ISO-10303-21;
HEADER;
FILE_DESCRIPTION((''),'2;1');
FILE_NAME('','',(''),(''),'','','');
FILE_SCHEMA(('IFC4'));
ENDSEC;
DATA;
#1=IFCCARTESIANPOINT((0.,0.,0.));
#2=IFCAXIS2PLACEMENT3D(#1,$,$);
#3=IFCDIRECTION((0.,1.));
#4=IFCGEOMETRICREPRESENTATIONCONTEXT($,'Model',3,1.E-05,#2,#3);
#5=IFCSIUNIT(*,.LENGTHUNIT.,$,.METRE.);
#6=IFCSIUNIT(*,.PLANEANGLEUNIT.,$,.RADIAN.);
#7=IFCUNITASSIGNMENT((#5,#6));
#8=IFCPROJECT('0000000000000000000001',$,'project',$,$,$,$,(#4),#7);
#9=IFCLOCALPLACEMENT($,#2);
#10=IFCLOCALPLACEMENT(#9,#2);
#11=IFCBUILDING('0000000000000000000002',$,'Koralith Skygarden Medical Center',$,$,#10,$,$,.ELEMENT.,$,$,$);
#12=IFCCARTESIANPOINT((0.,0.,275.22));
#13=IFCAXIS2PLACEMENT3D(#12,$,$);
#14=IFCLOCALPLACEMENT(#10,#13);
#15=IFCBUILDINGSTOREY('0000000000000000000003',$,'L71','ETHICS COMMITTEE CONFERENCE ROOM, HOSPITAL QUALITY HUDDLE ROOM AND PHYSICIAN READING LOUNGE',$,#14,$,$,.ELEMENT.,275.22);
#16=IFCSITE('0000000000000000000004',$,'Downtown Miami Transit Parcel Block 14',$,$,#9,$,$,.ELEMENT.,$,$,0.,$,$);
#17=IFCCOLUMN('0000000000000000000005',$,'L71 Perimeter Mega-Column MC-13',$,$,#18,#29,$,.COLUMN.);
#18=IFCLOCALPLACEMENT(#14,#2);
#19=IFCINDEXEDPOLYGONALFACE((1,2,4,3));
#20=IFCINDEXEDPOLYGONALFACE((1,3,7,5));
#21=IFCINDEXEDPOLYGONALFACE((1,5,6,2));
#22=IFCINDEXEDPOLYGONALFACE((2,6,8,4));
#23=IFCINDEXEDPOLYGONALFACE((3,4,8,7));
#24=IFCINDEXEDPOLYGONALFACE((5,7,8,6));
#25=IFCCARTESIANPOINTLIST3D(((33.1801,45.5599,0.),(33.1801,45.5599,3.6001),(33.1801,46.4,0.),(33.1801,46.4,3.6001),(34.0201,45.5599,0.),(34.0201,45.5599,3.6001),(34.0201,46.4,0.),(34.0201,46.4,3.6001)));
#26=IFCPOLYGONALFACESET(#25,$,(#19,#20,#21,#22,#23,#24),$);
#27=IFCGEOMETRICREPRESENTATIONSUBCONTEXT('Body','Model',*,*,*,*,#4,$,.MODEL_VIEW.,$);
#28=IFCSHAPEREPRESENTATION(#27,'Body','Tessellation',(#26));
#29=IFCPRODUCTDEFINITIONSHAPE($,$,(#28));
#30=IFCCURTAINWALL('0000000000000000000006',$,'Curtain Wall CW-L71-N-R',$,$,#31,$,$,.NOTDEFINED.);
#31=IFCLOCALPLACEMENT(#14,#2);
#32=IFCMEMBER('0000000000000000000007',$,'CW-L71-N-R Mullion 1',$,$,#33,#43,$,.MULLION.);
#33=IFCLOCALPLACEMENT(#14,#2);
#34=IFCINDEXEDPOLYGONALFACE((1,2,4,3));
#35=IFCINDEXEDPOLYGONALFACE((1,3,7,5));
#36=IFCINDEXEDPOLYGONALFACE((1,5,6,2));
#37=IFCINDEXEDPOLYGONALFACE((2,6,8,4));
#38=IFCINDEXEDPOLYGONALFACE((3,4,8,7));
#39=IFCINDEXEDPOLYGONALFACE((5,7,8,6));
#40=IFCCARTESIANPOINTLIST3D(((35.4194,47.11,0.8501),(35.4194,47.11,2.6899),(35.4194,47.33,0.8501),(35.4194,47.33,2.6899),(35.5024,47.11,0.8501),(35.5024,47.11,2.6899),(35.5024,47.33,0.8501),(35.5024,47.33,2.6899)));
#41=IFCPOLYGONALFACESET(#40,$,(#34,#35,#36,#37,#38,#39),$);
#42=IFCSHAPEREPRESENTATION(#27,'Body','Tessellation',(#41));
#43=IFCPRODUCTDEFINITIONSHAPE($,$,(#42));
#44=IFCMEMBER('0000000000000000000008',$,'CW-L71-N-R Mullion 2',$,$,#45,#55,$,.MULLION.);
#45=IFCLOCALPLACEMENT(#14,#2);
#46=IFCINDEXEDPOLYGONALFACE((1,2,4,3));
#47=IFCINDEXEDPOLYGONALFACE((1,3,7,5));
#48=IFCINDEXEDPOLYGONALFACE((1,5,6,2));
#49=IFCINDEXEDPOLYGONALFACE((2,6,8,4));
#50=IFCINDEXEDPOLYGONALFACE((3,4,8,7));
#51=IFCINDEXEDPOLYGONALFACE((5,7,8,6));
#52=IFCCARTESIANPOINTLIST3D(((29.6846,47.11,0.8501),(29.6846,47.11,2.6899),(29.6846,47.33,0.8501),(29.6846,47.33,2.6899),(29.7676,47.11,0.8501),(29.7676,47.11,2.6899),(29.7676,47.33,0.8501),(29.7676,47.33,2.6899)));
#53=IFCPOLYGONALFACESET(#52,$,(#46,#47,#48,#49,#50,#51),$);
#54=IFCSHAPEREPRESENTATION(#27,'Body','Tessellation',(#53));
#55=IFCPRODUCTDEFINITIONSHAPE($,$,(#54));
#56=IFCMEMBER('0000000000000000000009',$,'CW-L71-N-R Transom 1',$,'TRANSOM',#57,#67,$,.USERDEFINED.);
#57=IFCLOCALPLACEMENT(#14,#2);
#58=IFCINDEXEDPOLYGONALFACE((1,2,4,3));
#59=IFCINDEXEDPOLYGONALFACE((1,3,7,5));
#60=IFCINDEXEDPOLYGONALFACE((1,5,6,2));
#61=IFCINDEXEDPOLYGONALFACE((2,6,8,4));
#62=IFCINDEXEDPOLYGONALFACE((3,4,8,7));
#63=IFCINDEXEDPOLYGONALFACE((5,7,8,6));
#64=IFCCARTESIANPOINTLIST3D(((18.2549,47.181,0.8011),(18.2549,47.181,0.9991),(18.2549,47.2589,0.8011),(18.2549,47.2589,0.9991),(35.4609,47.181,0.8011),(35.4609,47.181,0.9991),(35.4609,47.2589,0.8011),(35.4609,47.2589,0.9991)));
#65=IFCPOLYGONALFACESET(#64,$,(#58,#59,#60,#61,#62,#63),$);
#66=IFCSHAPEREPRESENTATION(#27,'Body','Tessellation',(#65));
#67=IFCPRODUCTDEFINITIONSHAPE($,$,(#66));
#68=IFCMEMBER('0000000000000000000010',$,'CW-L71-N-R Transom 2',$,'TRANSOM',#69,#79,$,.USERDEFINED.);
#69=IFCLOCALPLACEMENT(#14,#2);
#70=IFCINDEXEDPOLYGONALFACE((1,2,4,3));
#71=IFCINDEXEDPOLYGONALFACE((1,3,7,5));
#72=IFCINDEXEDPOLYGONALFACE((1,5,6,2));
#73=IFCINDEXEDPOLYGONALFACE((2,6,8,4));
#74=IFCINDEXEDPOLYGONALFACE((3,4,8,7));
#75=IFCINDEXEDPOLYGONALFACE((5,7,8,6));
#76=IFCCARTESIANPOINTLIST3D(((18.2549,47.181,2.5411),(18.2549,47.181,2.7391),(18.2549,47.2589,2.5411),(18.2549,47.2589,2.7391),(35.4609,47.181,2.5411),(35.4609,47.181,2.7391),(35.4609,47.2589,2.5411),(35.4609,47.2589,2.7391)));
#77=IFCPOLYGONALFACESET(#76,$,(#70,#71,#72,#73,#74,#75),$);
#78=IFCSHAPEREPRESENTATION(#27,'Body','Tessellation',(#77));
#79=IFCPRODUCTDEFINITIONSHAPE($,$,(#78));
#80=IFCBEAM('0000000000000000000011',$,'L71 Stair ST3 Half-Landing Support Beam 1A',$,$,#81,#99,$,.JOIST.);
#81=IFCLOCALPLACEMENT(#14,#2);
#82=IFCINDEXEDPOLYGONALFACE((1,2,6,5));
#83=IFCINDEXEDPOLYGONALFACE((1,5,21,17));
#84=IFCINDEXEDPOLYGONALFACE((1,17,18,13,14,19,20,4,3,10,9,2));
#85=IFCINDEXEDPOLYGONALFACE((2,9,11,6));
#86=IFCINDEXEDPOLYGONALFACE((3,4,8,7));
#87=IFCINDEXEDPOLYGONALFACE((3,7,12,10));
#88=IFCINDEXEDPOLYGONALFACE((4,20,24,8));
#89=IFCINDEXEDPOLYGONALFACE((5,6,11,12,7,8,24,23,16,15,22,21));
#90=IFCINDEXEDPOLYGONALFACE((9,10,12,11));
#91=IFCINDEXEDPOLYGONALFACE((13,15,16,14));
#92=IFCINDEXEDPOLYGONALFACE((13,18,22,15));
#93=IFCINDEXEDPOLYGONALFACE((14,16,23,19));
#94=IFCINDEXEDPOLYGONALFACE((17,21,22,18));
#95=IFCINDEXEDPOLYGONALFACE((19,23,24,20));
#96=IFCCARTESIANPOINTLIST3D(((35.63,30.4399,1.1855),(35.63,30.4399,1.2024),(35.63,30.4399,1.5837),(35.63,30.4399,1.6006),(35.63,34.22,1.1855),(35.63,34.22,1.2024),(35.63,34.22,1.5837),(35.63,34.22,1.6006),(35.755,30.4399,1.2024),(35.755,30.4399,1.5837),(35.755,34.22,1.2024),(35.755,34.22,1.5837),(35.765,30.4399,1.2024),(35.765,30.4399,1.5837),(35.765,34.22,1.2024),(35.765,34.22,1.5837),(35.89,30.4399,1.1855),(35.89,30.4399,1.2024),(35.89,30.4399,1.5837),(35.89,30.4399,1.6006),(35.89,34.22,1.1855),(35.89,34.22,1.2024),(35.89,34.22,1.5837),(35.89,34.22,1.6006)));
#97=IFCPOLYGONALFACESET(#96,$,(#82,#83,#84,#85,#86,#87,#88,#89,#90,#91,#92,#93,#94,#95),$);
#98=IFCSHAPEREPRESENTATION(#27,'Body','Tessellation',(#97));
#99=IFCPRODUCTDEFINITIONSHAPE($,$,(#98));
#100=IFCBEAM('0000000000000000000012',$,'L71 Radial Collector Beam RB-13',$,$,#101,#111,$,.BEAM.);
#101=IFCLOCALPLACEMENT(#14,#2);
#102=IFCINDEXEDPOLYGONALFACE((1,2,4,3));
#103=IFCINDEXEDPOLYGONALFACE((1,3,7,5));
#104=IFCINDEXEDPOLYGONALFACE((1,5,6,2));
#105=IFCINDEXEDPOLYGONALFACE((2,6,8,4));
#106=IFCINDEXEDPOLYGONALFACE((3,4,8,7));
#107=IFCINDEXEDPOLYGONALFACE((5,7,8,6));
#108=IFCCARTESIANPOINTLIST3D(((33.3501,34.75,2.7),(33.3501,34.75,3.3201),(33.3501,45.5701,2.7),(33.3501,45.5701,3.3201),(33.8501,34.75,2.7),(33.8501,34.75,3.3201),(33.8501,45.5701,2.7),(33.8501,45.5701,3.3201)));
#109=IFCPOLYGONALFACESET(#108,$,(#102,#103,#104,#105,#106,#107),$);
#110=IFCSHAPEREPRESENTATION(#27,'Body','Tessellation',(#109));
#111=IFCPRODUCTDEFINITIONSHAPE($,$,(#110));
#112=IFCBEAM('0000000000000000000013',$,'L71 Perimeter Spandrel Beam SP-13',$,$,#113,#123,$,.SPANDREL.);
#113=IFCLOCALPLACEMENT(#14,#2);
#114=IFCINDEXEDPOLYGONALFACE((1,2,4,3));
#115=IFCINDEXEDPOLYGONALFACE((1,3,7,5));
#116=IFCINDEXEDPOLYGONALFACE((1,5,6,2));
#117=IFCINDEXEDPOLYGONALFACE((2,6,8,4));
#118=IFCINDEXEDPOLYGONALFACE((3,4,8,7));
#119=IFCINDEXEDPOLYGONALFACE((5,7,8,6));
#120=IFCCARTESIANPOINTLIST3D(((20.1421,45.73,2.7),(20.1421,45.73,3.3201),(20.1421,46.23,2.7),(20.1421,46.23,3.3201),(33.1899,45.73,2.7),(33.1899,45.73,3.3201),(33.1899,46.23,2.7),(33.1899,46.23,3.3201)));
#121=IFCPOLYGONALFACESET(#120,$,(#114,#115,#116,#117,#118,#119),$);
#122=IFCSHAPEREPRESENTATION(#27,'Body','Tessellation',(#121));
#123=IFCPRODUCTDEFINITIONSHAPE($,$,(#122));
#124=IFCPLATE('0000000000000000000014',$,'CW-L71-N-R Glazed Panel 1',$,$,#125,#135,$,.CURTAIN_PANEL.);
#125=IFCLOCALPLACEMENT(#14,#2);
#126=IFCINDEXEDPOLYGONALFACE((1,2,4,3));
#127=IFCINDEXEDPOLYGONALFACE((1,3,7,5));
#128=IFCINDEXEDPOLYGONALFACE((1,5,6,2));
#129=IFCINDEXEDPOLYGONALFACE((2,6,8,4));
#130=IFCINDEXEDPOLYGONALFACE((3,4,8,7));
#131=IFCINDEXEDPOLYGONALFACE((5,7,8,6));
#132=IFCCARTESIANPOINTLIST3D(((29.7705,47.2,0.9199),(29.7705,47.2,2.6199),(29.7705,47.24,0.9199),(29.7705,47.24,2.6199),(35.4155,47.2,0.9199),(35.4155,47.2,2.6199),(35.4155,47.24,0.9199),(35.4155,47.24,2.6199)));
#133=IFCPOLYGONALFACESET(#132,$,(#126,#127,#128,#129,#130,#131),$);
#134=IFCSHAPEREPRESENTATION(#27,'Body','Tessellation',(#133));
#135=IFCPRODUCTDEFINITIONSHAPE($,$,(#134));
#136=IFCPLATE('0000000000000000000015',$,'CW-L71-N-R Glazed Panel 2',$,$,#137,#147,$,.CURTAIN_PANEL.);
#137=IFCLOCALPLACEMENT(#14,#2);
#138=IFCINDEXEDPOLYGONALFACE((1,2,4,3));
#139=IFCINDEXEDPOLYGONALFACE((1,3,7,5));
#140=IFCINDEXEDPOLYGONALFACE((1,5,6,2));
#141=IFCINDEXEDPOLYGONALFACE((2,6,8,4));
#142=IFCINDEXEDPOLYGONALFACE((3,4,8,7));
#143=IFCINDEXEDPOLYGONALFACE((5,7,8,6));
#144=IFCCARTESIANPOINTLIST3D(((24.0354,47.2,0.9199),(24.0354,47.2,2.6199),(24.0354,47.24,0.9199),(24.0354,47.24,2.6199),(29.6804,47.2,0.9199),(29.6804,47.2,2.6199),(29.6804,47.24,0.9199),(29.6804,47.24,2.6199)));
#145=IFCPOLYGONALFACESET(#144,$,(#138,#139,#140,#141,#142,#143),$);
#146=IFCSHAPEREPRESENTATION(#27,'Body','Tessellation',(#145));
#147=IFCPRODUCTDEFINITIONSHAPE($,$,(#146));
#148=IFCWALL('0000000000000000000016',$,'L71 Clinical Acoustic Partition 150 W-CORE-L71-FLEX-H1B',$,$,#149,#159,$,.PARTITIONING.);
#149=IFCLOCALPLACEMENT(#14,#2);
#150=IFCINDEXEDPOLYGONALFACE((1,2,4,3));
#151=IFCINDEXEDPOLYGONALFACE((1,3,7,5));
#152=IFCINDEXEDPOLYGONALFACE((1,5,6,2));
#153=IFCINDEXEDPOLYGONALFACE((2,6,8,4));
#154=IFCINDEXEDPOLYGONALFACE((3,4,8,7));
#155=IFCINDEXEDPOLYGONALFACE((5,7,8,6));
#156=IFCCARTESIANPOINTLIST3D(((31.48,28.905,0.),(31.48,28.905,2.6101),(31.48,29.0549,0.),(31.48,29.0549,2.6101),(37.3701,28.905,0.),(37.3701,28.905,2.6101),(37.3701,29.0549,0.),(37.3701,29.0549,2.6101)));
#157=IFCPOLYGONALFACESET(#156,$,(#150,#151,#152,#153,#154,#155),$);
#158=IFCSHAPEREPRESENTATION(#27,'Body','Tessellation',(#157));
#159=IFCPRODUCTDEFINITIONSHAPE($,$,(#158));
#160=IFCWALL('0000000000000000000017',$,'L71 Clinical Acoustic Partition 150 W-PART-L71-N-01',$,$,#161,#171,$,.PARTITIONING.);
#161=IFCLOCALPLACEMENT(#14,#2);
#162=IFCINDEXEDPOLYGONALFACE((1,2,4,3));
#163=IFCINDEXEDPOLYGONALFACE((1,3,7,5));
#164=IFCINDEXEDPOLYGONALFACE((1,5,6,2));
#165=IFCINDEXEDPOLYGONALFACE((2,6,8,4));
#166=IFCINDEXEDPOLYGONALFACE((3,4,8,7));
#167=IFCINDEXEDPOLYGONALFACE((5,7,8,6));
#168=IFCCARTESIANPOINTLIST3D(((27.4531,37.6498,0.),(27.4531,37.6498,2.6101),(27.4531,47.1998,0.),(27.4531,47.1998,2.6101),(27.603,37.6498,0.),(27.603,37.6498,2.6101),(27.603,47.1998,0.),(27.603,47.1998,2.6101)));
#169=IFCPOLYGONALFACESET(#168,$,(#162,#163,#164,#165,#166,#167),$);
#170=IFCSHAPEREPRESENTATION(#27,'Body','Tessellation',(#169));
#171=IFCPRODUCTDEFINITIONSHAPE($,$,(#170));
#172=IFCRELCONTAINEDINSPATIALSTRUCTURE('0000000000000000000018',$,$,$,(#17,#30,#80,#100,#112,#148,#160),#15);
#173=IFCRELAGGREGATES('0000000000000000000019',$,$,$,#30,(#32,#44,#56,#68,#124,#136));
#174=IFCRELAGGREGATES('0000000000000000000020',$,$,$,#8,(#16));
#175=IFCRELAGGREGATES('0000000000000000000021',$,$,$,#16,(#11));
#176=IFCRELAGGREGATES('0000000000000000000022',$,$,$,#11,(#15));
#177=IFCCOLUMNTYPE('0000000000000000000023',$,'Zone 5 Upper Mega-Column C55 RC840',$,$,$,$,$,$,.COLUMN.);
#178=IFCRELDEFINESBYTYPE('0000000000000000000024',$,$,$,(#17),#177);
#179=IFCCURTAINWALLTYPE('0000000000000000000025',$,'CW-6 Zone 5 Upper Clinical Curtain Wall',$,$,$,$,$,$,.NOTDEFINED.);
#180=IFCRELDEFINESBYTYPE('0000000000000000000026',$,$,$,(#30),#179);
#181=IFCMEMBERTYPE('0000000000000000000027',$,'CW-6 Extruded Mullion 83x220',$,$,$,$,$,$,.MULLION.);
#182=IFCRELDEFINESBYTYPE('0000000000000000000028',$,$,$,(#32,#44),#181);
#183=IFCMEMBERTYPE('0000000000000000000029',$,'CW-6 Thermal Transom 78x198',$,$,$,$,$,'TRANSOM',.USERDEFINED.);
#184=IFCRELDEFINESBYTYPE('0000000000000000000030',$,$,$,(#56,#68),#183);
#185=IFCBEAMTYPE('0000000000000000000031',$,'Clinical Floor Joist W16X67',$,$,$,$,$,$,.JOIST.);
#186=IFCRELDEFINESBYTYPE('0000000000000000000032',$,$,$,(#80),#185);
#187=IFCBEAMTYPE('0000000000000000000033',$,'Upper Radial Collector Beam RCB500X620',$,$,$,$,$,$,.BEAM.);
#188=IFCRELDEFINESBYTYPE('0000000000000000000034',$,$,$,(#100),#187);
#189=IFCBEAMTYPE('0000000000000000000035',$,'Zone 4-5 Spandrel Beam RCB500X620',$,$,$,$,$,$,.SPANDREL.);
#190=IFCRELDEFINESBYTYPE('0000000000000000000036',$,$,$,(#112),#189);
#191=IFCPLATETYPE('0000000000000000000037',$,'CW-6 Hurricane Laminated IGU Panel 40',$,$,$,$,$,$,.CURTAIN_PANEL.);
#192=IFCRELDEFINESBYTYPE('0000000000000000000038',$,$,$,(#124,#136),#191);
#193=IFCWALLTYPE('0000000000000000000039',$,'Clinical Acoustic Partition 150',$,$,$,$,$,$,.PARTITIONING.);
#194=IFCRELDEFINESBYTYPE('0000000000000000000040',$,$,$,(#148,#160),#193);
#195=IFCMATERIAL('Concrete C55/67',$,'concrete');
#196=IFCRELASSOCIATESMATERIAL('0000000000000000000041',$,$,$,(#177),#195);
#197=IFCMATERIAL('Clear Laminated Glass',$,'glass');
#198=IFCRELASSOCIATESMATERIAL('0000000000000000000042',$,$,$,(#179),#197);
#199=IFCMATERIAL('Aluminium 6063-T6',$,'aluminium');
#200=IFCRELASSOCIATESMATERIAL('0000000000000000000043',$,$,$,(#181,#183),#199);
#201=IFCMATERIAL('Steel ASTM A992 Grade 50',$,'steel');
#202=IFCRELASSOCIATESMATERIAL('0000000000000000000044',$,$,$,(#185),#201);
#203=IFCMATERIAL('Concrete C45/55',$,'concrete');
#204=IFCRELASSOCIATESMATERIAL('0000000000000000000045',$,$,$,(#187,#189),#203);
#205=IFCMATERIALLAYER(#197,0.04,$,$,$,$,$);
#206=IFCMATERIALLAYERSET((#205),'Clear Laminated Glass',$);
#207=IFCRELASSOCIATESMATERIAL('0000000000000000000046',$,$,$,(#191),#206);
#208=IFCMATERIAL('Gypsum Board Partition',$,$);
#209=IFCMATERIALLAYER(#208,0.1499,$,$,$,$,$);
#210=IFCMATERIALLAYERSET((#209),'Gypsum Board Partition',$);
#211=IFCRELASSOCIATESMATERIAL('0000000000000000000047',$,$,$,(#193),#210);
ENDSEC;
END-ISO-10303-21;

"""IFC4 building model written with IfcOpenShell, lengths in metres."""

from ifc_helpers import new_model, si_unit, direction, frame, frame_2d, origin, origin_2d, place, context, subcontext, project, spatial, rectangle, i_section, extrude, material, layer, layer_set, material_profile, profile_set, type_object, element, aggregate, save


model = new_model("IFC4")

# Units and contexts
model_context = context("Model", 3, precision=1e-05, world=origin(), true_north=direction((0.0, 1.0)))
body_context = subcontext(model_context, "Body", "Model", "MODEL_VIEW")
ifc_project = project(units=[si_unit("LENGTHUNIT", "METRE"), si_unit("PLANEANGLEUNIT", "RADIAN")], contexts=[model_context])

# Site, building, storey
site_placement = place(None, origin())
site = spatial("IfcSite", under=ifc_project, at=site_placement, Name="Downtown Miami Transit Parcel Block 14", CompositionType="ELEMENT", RefElevation=0.0)
building_placement = place(site_placement, origin())
building = spatial("IfcBuilding", under=site, at=building_placement, Name="Koralith Skygarden Medical Center", CompositionType="ELEMENT")
storey_placement = place(building_placement, frame((0.0, 0.0, 275.22)))
storey = spatial("IfcBuildingStorey", under=building, at=storey_placement, Name="L71", Description="ETHICS COMMITTEE CONFERENCE ROOM, HOSPITAL QUALITY HUDDLE ROOM AND PHYSICIAN READING LOUNGE", CompositionType="ELEMENT", Elevation=275.22)

# Column
ifc_material_1 = material(Name="Concrete C55/67", Category="concrete")
ifc_material_profile_1 = material_profile(ifc_material_1, rectangle(XDim=0.8401, YDim=0.8401, at=origin_2d()), Name="RC840X840")
ifc_profile_set_1 = profile_set([ifc_material_profile_1], Name="Concrete C55/67")
column_type = type_object("IfcColumnType", Name="Zone 5 Upper Mega-Column C55 RC840", PredefinedType="COLUMN", material=ifc_profile_set_1)
column_placement = place(storey_placement, frame((33.6001, 45.98, 0.0), z_axis=(0.0, 0.0, 1.0), x_axis=(1.0, 0.0, 0.0)))
element("IfcColumn", 1, at=column_placement, inside=storey, type_object=column_type, Name="L71 Perimeter Mega-Column MC-13", PredefinedType="COLUMN", context=body_context, shape_type="SweptSolid", body=[
    extrude(rectangle(XDim=0.8401, YDim=0.8401, at=origin_2d()), origin(), (0.0, 0.0, 1.0), 3.6001),
])

# Curtain wall, members
ifc_material_2 = material(Name="Clear Laminated Glass", Category="glass")
curtain_wall_type = type_object("IfcCurtainWallType", Name="CW-6 Zone 5 Upper Clinical Curtain Wall", PredefinedType="NOTDEFINED", material=ifc_material_2)
curtain_wall_placement = place(storey_placement, origin())
curtain_wall = element("IfcCurtainWall", 2, at=curtain_wall_placement, inside=storey, type_object=curtain_wall_type, Name="Curtain Wall CW-L71-N-R", PredefinedType="NOTDEFINED")
ifc_material_3 = material(Name="Aluminium 6063-T6", Category="aluminium")
ifc_material_profile_2 = material_profile(ifc_material_3, rectangle(XDim=0.083, YDim=0.22, at=origin_2d()), Name="MUL83X220")
ifc_profile_set_2 = profile_set([ifc_material_profile_2], Name="Aluminium 6063-T6")
member_type_1 = type_object("IfcMemberType", Name="CW-6 Extruded Mullion 83x220", PredefinedType="MULLION", material=ifc_profile_set_2)
member_1_placement = place(storey_placement, frame((35.4609, 47.22, 0.8501), z_axis=(0.0, 0.0, 1.0), x_axis=(1.0, 0.0, 0.0)))
member_1 = element("IfcMember", 3, at=member_1_placement, type_object=member_type_1, Name="CW-L71-N-R Mullion 1", PredefinedType="MULLION", context=body_context, shape_type="SweptSolid", body=[
    extrude(rectangle(XDim=0.083, YDim=0.22, at=origin_2d()), origin(), (0.0, 0.0, 1.0), 1.8398),
])
member_2_placement = place(storey_placement, frame((29.7261, 47.22, 0.8501), z_axis=(0.0, 0.0, 1.0), x_axis=(1.0, 0.0, 0.0)))
member_2 = element("IfcMember", 4, at=member_2_placement, type_object=member_type_1, Name="CW-L71-N-R Mullion 2", PredefinedType="MULLION", context=body_context, shape_type="SweptSolid", body=[
    extrude(rectangle(XDim=0.083, YDim=0.22, at=origin_2d()), origin(), (0.0, 0.0, 1.0), 1.8398),
])
ifc_material_profile_3 = material_profile(ifc_material_3, rectangle(XDim=0.0779, YDim=0.198, at=origin_2d()), Name="TRN78X198")
ifc_profile_set_3 = profile_set([ifc_material_profile_3], Name="Aluminium 6063-T6")
member_type_2 = type_object("IfcMemberType", Name="CW-6 Thermal Transom 78x198", ElementType="TRANSOM", PredefinedType="USERDEFINED", material=ifc_profile_set_3)
member_3_placement = place(storey_placement, frame((35.4609, 47.22, 0.9001), z_axis=(-1.0, 0.0, 0.0), x_axis=(0.0, -1.0, 0.0)))
member_3 = element("IfcMember", 5, at=member_3_placement, type_object=member_type_2, Name="CW-L71-N-R Transom 1", ObjectType="TRANSOM", PredefinedType="USERDEFINED", context=body_context, shape_type="SweptSolid", body=[
    extrude(rectangle(XDim=0.0779, YDim=0.198, at=origin_2d()), origin(), (0.0, 0.0, 1.0), 17.2061),
])
member_4_placement = place(storey_placement, frame((35.4609, 47.22, 2.6401), z_axis=(-1.0, 0.0, 0.0), x_axis=(0.0, -1.0, 0.0)))
member_4 = element("IfcMember", 6, at=member_4_placement, type_object=member_type_2, Name="CW-L71-N-R Transom 2", ObjectType="TRANSOM", PredefinedType="USERDEFINED", context=body_context, shape_type="SweptSolid", body=[
    extrude(rectangle(XDim=0.0779, YDim=0.198, at=origin_2d()), origin(), (0.0, 0.0, 1.0), 17.2061),
])

# Beams
ifc_material_4 = material(Name="Steel ASTM A992 Grade 50", Category="steel")
ifc_material_profile_4 = material_profile(ifc_material_4, i_section(OverallWidth=0.26, OverallDepth=0.415, WebThickness=0.01, FlangeThickness=0.0168, at=origin_2d()), Name="W16X67")
ifc_profile_set_4 = profile_set([ifc_material_profile_4], Name="Steel ASTM A992 Grade 50")
beam_type_1 = type_object("IfcBeamType", Name="Clinical Floor Joist W16X67", PredefinedType="JOIST", material=ifc_profile_set_4)
beam_1_placement = place(storey_placement, frame((35.76, 30.4399, 1.3931), z_axis=(0.0, 1.0, 0.0), x_axis=(-1.0, 0.0, 0.0)))
element("IfcBeam", 7, at=beam_1_placement, inside=storey, type_object=beam_type_1, Name="L71 Stair ST3 Half-Landing Support Beam 1A", PredefinedType="JOIST", context=body_context, shape_type="SweptSolid", body=[
    extrude(i_section(OverallWidth=0.26, OverallDepth=0.415, WebThickness=0.01, FlangeThickness=0.0168, at=origin_2d()), origin(), (0.0, 0.0, 1.0), 3.78),
])
ifc_material_5 = material(Name="Concrete C45/55", Category="concrete")
ifc_material_profile_5 = material_profile(ifc_material_5, rectangle(XDim=0.5, YDim=0.6201, at=origin_2d()), Name="RCB500X620")
ifc_profile_set_5 = profile_set([ifc_material_profile_5], Name="Concrete C45/55")
beam_type_2 = type_object("IfcBeamType", Name="Upper Radial Collector Beam RCB500X620", PredefinedType="BEAM", material=ifc_profile_set_5)
beam_2_placement = place(storey_placement, frame((33.6001, 34.75, 3.01), z_axis=(0.0, 1.0, 0.0), x_axis=(-1.0, 0.0, 0.0)))
element("IfcBeam", 8, at=beam_2_placement, inside=storey, type_object=beam_type_2, Name="L71 Radial Collector Beam RB-13", PredefinedType="BEAM", context=body_context, shape_type="SweptSolid", body=[
    extrude(rectangle(XDim=0.5, YDim=0.6201, at=origin_2d()), origin(), (0.0, 0.0, 1.0), 10.8201),
])
ifc_material_profile_6 = material_profile(ifc_material_5, rectangle(XDim=0.5, YDim=0.6201, at=origin_2d()), Name="RCB500X620")
ifc_profile_set_6 = profile_set([ifc_material_profile_6], Name="Concrete C45/55")
beam_type_3 = type_object("IfcBeamType", Name="Zone 4-5 Spandrel Beam RCB500X620", PredefinedType="SPANDREL", material=ifc_profile_set_6)
beam_3_placement = place(storey_placement, frame((33.1899, 45.98, 3.01), z_axis=(-1.0, 0.0, 0.0), x_axis=(0.0, -1.0, 0.0)))
element("IfcBeam", 9, at=beam_3_placement, inside=storey, type_object=beam_type_3, Name="L71 Perimeter Spandrel Beam SP-13", PredefinedType="SPANDREL", context=body_context, shape_type="SweptSolid", body=[
    extrude(rectangle(XDim=0.5, YDim=0.6201, at=origin_2d()), origin(), (0.0, 0.0, 1.0), 13.0479),
])

# Plates
ifc_layer_1 = layer(ifc_material_2, 0.04)
ifc_layer_set_1 = layer_set([ifc_layer_1], Name="Clear Laminated Glass")
plate_type = type_object("IfcPlateType", Name="CW-6 Hurricane Laminated IGU Panel 40", PredefinedType="CURTAIN_PANEL", material=ifc_layer_set_1)
plate_1_placement = place(storey_placement, frame((32.593, 47.22, 0.9199), z_axis=(0.0, 0.0, 1.0), x_axis=(-1.0, 0.0, 0.0)))
plate_1 = element("IfcPlate", 10, at=plate_1_placement, type_object=plate_type, Name="CW-L71-N-R Glazed Panel 1", PredefinedType="CURTAIN_PANEL", context=body_context, shape_type="SweptSolid", body=[
    extrude(rectangle(XDim=5.645, YDim=0.04, at=origin_2d()), origin(), (0.0, 0.0, 1.0), 1.7),
])
plate_2_placement = place(storey_placement, frame((26.8579, 47.22, 0.9199), z_axis=(0.0, 0.0, 1.0), x_axis=(-1.0, 0.0, 0.0)))
plate_2 = element("IfcPlate", 11, at=plate_2_placement, type_object=plate_type, Name="CW-L71-N-R Glazed Panel 2", PredefinedType="CURTAIN_PANEL", context=body_context, shape_type="SweptSolid", body=[
    extrude(rectangle(XDim=5.645, YDim=0.04, at=origin_2d()), origin(), (0.0, 0.0, 1.0), 1.7),
])
aggregate(curtain_wall, [member_1, member_2, member_3, member_4, plate_1, plate_2])

# Walls
ifc_material_6 = material(Name="Gypsum Board Partition")
ifc_layer_2 = layer(ifc_material_6, 0.1499)
ifc_layer_set_2 = layer_set([ifc_layer_2], Name="Gypsum Board Partition")
wall_type_1 = type_object("IfcWallType", Name="Clinical Acoustic Partition 150", PredefinedType="PARTITIONING", material=ifc_layer_set_2)
wall_1_placement = place(storey_placement, frame((31.48, 28.98, 0.0), z_axis=(0.0, 0.0, 1.0), x_axis=(1.0, 0.0, 0.0)))
element("IfcWall", 12, at=wall_1_placement, inside=storey, type_object=wall_type_1, Name="L71 Clinical Acoustic Partition 150 W-CORE-L71-FLEX-H1B", PredefinedType="PARTITIONING", context=body_context, shape_type="SweptSolid", body=[
    extrude(rectangle(XDim=5.8901, YDim=0.1499, at=frame_2d((2.9451, 0.0))), origin(), (0.0, 0.0, 1.0), 2.6101),
])
wall_2_placement = place(storey_placement, frame((27.5281, 37.6499, 0.0), z_axis=(0.0, 0.0, 1.0), x_axis=(0.0, 1.0, 0.0)))
element("IfcWall", 13, at=wall_2_placement, inside=storey, type_object=wall_type_1, Name="L71 Clinical Acoustic Partition 150 W-PART-L71-N-01", PredefinedType="PARTITIONING", context=body_context, shape_type="SweptSolid", body=[
    extrude(rectangle(XDim=9.55, YDim=0.1499, at=frame_2d((4.7749, 0.0))), origin(), (0.0, 0.0, 1.0), 2.6101),
])

save(model, "model.ifc")
